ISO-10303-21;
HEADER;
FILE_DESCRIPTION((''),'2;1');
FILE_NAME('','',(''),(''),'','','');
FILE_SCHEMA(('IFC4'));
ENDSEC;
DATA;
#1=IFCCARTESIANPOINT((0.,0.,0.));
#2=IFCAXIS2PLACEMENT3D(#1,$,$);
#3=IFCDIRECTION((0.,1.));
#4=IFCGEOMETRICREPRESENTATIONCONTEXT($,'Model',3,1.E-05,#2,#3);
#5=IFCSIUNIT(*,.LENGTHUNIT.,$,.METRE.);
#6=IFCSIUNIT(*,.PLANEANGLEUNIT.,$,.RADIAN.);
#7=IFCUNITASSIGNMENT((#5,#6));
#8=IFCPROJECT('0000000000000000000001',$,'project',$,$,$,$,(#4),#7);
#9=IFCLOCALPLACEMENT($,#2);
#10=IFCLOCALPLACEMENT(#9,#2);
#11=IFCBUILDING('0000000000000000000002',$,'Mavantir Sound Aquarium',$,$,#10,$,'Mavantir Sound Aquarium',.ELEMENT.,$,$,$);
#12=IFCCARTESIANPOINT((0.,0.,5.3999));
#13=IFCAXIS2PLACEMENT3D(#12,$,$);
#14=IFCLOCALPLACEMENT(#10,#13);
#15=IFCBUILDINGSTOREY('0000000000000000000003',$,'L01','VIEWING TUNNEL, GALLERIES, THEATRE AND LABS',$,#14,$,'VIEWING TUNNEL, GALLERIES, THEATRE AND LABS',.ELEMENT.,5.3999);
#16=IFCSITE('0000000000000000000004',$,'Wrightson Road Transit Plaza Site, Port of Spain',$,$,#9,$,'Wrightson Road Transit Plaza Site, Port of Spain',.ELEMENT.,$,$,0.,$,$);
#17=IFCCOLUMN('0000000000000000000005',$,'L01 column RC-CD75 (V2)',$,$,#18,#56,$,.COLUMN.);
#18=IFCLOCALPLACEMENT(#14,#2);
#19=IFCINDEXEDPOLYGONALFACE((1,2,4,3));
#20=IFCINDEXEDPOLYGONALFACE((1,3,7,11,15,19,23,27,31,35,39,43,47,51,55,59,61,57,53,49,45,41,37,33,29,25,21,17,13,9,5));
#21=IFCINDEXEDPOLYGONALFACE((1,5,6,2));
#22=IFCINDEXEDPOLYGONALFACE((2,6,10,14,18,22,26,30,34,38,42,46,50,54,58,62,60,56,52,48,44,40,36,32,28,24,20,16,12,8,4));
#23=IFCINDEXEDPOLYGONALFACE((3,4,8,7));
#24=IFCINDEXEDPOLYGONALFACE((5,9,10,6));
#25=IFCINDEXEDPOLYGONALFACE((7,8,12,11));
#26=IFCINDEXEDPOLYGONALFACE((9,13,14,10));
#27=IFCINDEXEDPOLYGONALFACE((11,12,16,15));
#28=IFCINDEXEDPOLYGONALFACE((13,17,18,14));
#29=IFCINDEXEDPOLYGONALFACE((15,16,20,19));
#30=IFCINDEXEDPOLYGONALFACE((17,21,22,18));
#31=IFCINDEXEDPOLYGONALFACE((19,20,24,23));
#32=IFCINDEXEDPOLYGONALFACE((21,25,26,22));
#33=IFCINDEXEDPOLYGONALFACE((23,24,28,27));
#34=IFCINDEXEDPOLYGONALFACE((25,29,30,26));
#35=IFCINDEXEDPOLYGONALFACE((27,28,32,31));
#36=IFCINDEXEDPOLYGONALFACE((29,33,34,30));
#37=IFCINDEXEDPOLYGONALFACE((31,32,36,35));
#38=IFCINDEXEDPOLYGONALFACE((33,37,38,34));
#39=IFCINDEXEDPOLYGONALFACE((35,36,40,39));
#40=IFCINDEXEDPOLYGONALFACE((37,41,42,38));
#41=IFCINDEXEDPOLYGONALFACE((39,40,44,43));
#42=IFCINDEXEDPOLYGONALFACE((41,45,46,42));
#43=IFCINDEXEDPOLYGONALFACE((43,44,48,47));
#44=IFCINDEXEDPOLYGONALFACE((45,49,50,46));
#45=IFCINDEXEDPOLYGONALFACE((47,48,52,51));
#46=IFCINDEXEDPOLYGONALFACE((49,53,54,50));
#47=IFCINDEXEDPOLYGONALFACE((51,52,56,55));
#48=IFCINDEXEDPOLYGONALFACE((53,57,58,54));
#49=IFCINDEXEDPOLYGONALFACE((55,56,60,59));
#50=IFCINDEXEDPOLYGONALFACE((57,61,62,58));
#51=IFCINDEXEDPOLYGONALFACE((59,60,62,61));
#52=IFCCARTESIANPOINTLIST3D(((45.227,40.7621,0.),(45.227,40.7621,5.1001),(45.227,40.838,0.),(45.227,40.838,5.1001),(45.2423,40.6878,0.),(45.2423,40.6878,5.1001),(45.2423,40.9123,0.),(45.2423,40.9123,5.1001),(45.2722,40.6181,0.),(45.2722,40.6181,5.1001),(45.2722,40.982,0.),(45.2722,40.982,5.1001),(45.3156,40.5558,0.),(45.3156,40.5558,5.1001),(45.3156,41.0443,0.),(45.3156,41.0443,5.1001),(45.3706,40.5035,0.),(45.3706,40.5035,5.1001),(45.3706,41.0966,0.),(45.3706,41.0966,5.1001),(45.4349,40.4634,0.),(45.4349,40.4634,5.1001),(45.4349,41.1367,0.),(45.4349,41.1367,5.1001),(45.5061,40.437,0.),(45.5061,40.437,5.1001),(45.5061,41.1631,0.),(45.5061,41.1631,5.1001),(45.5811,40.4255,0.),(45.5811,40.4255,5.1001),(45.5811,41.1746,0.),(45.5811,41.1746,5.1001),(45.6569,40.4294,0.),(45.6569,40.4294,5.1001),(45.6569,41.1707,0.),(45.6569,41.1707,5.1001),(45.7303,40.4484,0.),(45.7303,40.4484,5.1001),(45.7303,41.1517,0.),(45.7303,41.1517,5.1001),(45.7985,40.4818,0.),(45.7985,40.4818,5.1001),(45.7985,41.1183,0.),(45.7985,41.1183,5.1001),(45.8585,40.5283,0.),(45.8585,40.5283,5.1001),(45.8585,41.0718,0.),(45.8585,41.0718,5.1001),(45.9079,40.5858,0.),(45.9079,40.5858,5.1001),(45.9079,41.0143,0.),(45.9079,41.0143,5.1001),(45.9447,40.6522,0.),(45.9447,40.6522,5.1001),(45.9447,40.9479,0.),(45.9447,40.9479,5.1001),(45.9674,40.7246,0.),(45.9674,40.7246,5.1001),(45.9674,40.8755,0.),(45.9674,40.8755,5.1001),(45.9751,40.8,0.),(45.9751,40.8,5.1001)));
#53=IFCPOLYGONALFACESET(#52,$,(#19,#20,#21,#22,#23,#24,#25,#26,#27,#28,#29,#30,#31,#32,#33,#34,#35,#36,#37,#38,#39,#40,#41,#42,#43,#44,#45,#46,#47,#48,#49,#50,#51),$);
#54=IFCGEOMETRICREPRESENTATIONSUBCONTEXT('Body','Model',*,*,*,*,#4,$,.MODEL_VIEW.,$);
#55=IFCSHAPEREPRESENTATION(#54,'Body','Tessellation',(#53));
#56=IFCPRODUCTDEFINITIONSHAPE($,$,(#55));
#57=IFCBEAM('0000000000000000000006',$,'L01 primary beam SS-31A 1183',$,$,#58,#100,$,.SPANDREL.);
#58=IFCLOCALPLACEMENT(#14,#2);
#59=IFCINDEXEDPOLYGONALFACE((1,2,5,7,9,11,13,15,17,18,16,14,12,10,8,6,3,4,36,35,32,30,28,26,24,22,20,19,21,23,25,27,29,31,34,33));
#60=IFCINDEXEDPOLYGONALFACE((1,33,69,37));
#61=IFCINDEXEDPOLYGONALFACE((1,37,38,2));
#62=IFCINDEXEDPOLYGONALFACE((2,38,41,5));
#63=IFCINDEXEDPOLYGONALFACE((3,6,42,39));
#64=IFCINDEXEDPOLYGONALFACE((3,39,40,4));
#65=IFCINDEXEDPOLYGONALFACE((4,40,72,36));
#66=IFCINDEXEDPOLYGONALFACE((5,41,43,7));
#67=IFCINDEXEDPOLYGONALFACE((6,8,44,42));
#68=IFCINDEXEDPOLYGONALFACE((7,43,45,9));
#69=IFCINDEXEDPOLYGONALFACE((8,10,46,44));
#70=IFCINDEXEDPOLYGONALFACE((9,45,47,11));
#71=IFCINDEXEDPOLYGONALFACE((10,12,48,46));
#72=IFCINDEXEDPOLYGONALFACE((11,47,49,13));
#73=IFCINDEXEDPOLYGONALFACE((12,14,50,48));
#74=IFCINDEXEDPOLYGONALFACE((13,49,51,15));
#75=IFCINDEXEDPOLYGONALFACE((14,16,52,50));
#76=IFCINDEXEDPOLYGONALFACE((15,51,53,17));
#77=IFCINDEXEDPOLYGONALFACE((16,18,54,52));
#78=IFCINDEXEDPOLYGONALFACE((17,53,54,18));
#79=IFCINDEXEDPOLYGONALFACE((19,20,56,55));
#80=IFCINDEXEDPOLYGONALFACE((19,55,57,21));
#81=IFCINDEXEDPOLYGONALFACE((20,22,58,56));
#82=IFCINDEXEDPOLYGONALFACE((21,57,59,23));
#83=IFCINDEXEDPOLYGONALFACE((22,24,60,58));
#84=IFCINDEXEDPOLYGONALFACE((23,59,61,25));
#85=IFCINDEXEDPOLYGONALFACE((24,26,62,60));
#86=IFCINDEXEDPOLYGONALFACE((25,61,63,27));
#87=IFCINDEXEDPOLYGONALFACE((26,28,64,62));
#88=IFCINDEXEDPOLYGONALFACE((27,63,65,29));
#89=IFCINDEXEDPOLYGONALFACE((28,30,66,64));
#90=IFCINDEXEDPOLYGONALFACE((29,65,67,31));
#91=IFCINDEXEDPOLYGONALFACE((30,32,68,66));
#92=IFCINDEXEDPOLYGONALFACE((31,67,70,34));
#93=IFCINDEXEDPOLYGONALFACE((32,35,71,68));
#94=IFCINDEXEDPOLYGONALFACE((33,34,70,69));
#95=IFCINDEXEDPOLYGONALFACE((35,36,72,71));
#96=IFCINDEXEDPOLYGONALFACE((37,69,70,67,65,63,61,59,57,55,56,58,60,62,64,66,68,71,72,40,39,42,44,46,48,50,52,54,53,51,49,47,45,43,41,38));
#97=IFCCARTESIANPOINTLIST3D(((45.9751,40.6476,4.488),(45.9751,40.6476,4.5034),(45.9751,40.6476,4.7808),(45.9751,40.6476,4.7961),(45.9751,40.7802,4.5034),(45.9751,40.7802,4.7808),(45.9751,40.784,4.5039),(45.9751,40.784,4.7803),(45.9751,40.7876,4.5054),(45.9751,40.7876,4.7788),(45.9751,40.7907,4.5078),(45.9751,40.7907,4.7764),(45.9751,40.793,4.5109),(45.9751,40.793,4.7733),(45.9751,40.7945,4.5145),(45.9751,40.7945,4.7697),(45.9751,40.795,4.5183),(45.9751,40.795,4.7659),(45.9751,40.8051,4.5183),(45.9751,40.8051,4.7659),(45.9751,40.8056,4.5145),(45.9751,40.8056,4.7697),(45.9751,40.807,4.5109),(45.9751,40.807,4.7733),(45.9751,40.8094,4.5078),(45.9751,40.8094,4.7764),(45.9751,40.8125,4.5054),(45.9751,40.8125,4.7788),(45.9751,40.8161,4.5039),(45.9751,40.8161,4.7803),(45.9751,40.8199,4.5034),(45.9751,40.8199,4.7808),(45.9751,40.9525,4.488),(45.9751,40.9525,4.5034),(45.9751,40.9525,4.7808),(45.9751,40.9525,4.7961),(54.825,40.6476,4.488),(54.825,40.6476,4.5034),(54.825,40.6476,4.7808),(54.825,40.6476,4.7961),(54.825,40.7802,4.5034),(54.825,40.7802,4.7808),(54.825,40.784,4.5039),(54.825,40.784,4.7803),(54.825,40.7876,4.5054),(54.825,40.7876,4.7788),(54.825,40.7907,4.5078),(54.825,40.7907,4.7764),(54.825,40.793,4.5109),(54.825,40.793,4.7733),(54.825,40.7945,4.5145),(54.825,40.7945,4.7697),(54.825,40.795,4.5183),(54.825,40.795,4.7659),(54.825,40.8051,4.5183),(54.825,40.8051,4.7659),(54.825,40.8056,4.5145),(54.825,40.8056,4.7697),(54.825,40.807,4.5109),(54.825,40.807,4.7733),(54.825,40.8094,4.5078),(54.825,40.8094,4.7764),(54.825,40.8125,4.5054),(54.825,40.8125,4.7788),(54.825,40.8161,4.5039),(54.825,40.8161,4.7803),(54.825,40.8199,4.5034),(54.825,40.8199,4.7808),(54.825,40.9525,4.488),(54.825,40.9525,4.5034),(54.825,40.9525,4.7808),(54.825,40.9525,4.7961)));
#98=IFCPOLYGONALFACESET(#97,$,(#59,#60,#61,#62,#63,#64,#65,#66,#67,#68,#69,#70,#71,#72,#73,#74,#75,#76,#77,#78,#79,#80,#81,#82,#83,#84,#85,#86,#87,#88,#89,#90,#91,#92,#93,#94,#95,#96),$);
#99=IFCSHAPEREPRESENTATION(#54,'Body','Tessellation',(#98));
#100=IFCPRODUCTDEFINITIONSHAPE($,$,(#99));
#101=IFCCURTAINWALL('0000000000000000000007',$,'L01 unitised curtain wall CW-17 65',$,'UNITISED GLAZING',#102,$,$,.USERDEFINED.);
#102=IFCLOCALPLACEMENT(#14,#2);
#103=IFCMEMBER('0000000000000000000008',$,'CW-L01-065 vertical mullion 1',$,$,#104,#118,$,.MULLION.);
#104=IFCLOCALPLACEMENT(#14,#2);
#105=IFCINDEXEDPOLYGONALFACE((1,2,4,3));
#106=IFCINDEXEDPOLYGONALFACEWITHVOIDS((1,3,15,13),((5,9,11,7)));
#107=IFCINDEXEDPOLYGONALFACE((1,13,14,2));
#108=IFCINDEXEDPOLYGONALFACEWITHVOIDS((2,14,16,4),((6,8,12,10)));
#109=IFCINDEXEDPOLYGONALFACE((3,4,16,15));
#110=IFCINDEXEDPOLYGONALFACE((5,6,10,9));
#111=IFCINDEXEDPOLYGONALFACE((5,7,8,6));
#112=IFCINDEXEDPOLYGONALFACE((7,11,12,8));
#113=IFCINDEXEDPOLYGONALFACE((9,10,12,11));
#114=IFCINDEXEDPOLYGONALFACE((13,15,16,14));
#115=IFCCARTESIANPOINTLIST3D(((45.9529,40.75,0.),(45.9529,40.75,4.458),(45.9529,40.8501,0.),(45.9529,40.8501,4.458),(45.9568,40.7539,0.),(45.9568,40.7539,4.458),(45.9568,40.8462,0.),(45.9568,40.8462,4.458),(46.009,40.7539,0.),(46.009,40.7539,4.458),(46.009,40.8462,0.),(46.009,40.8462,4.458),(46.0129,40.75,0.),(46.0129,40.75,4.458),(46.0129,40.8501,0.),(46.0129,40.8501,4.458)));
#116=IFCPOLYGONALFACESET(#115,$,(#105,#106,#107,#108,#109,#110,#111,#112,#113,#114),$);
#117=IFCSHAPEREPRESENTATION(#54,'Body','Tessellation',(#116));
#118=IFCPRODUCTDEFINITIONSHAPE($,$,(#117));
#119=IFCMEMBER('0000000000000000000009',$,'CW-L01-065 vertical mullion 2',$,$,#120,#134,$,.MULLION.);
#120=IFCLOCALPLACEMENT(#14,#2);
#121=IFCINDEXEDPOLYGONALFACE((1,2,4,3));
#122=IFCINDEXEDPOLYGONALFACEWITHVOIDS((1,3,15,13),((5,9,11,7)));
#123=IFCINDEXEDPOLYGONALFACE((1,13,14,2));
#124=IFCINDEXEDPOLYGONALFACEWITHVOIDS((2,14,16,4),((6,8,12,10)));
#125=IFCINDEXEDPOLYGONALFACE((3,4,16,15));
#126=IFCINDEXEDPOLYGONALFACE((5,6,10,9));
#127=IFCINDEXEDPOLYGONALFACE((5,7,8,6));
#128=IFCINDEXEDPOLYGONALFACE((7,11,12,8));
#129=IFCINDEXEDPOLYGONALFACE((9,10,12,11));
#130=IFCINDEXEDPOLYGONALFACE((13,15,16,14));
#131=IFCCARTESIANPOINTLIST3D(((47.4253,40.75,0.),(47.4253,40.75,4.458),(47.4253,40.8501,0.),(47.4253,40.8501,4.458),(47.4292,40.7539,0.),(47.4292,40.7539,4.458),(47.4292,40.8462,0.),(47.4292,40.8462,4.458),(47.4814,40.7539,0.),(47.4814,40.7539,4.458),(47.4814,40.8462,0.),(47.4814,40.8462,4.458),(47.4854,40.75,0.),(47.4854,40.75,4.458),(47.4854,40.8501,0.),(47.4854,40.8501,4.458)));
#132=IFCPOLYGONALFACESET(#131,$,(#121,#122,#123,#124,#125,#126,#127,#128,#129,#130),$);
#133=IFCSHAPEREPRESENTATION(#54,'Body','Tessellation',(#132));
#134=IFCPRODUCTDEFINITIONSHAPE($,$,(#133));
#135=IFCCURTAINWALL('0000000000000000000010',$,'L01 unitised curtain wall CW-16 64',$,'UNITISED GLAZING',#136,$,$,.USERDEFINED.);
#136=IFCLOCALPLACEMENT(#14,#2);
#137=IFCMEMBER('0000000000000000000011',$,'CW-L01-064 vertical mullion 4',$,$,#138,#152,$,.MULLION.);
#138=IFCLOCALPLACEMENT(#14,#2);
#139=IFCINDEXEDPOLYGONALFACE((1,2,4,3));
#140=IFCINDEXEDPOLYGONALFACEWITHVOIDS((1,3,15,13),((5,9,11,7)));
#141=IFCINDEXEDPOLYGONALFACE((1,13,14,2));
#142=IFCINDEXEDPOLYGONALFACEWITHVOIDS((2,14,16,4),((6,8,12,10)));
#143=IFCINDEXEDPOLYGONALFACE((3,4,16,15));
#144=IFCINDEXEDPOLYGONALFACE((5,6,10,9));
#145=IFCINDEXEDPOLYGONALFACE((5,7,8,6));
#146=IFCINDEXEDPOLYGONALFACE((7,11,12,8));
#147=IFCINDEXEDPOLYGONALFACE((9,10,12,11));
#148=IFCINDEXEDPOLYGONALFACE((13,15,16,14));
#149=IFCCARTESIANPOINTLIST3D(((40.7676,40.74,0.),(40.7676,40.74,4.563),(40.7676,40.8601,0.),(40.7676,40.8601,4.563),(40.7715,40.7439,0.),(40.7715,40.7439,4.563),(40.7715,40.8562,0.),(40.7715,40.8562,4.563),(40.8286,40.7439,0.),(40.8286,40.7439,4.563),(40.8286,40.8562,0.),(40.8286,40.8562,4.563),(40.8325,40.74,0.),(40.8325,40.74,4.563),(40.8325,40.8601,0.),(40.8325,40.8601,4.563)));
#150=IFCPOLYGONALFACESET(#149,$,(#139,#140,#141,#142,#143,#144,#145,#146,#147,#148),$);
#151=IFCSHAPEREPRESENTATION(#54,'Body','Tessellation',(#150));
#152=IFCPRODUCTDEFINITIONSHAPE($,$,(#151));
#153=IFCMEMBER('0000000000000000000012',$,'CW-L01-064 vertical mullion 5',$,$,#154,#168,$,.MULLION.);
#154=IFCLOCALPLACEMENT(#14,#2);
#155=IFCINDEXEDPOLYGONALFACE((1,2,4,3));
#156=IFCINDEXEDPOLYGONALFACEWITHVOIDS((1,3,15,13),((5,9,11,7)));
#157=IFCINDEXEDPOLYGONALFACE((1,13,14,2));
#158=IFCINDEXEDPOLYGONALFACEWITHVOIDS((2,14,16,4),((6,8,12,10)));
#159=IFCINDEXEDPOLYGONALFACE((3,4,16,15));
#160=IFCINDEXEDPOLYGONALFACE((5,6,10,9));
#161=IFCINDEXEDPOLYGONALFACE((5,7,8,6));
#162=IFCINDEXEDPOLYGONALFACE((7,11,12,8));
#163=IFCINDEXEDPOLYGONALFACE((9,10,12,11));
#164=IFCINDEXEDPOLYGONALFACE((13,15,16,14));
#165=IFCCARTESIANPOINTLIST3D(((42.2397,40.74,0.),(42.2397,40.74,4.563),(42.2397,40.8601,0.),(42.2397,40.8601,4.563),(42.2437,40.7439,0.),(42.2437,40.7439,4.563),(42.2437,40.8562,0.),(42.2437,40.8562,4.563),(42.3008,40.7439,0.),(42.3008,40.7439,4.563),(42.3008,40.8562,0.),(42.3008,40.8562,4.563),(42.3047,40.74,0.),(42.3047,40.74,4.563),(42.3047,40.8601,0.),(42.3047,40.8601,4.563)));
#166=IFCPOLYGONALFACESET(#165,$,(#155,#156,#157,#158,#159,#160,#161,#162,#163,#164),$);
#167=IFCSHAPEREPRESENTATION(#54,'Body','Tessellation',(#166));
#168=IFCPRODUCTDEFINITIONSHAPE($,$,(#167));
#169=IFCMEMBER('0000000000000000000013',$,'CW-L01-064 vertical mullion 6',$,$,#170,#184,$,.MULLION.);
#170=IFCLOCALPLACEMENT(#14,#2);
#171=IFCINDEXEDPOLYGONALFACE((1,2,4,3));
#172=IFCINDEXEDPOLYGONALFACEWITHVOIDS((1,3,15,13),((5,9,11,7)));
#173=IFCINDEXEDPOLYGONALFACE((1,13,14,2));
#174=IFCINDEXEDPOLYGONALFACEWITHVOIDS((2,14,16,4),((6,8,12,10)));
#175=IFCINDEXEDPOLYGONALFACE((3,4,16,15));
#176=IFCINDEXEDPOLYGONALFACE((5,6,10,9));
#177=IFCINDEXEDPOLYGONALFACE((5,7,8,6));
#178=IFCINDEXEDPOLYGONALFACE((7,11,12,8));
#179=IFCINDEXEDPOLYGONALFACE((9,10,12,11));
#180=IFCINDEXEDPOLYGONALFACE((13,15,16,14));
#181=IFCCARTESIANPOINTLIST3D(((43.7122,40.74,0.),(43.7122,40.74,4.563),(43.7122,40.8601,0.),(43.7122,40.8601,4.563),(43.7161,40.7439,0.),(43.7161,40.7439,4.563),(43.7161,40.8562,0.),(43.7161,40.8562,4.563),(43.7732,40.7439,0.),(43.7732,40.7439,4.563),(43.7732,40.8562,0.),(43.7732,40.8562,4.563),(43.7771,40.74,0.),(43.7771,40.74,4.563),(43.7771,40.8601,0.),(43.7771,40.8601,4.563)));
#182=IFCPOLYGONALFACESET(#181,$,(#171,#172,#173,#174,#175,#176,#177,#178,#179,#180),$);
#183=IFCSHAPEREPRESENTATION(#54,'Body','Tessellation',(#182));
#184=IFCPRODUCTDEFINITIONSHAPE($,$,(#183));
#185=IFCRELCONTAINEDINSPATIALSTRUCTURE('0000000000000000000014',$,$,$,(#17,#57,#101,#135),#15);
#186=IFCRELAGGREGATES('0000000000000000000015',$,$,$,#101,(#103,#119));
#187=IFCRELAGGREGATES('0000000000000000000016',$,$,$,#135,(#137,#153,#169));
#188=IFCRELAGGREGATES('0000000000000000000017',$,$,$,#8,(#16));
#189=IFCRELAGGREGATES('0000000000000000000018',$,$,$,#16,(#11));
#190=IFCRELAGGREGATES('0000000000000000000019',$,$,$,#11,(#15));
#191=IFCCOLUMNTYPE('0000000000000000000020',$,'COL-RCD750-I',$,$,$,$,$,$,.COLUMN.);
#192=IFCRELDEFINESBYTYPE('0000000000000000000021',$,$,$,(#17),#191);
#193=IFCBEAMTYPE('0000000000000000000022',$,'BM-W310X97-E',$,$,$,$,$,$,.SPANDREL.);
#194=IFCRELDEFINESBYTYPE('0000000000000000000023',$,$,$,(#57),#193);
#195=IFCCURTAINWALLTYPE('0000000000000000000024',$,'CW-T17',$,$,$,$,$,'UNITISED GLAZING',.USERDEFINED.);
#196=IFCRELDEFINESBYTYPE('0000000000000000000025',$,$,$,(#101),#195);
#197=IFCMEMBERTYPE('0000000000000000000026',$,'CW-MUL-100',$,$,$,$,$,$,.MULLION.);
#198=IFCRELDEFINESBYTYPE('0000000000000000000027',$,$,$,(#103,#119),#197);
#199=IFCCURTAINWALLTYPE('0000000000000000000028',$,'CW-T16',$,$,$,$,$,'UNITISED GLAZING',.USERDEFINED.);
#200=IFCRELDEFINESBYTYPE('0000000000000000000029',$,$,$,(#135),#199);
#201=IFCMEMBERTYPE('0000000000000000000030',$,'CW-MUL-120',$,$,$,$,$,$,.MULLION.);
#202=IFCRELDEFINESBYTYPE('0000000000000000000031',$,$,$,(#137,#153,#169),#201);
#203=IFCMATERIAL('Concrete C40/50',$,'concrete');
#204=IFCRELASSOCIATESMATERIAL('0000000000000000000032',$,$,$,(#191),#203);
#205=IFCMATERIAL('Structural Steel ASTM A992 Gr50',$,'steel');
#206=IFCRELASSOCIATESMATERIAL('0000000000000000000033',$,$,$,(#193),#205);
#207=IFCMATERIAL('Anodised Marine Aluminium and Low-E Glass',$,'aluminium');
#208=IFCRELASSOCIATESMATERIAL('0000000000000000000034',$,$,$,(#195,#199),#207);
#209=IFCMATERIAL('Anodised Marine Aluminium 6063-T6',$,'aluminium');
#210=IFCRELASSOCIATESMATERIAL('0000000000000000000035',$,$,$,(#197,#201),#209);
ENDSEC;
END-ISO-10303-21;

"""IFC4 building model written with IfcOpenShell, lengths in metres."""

from ifc_helpers import new_model, si_unit, direction, frame, origin, origin_2d, place, context, subcontext, project, spatial, hollow_rectangle, circle, i_section, extrude, material, material_profile, profile_set, type_object, element, aggregate, save


model = new_model("IFC4")

# Units and contexts
model_context = context("Model", 3, precision=1e-05, world=origin(), true_north=direction((0.0, 1.0)))
body_context = subcontext(model_context, "Body", "Model", "MODEL_VIEW")
ifc_project = project(units=[si_unit("LENGTHUNIT", "METRE"), si_unit("PLANEANGLEUNIT", "RADIAN")], contexts=[model_context])

# Site, building, storey
site_placement = place(None, origin())
site = spatial("IfcSite", under=ifc_project, at=site_placement, Name="Wrightson Road Transit Plaza Site, Port of Spain", LongName="Wrightson Road Transit Plaza Site, Port of Spain", CompositionType="ELEMENT", RefElevation=0.0)
building_placement = place(site_placement, origin())
building = spatial("IfcBuilding", under=site, at=building_placement, Name="Mavantir Sound Aquarium", LongName="Mavantir Sound Aquarium", CompositionType="ELEMENT")
storey_placement = place(building_placement, frame((0.0, 0.0, 5.3999)))
storey = spatial("IfcBuildingStorey", under=building, at=storey_placement, Name="L01", Description="VIEWING TUNNEL, GALLERIES, THEATRE AND LABS", LongName="VIEWING TUNNEL, GALLERIES, THEATRE AND LABS", CompositionType="ELEMENT", Elevation=5.3999)

# Column
ifc_material_1 = material(Name="Concrete C40/50", Category="concrete")
ifc_material_profile_1 = material_profile(ifc_material_1, circle(Radius=0.375, at=origin_2d()), Name="RC D750")
ifc_profile_set_1 = profile_set([ifc_material_profile_1], Name="Concrete C40/50")
column_type = type_object("IfcColumnType", Name="COL-RCD750-I", PredefinedType="COLUMN", material=ifc_profile_set_1)
column_placement = place(storey_placement, frame((45.6001, 40.8, 0.0), z_axis=(0.0, 0.0, 1.0), x_axis=(1.0, 0.0, 0.0)))
element("IfcColumn", 1, at=column_placement, inside=storey, type_object=column_type, Name="L01 column RC-CD75 (V2)", PredefinedType="COLUMN", context=body_context, shape_type="SweptSolid", body=[
    extrude(circle(Radius=0.375, at=origin_2d()), origin(), (0.0, 0.0, 1.0), 5.1001),
])

# Beam
ifc_material_2 = material(Name="Structural Steel ASTM A992 Gr50", Category="steel")
ifc_material_profile_2 = material_profile(ifc_material_2, i_section(OverallWidth=0.3049, OverallDepth=0.3081, WebThickness=0.01, FlangeThickness=0.0154, FilletRadius=0.0149, at=origin_2d()), Name="W310X97")
ifc_profile_set_2 = profile_set([ifc_material_profile_2], Name="Structural Steel ASTM A992 Gr50")
beam_type = type_object("IfcBeamType", Name="BM-W310X97-E", PredefinedType="SPANDREL", material=ifc_profile_set_2)
beam_placement = place(storey_placement, frame((45.9751, 40.8, 4.6421), z_axis=(1.0, 0.0, 0.0), x_axis=(0.0, 1.0, 0.0)))
element("IfcBeam", 2, at=beam_placement, inside=storey, type_object=beam_type, Name="L01 primary beam SS-31A 1183", PredefinedType="SPANDREL", context=body_context, shape_type="SweptSolid", body=[
    extrude(i_section(OverallWidth=0.3049, OverallDepth=0.3081, WebThickness=0.01, FlangeThickness=0.0154, FilletRadius=0.0149, at=origin_2d()), origin(), (0.0, 0.0, 1.0), 8.8499),
])

# Curtain walls, members
ifc_material_3 = material(Name="Anodised Marine Aluminium and Low-E Glass", Category="aluminium")
curtain_wall_type_1 = type_object("IfcCurtainWallType", Name="CW-T17", ElementType="UNITISED GLAZING", PredefinedType="USERDEFINED", material=ifc_material_3)
curtain_wall_1_placement = place(storey_placement, origin())
curtain_wall_1 = element("IfcCurtainWall", 3, at=curtain_wall_1_placement, inside=storey, type_object=curtain_wall_type_1, Name="L01 unitised curtain wall CW-17 65", ObjectType="UNITISED GLAZING", PredefinedType="USERDEFINED")
ifc_material_4 = material(Name="Anodised Marine Aluminium 6063-T6", Category="aluminium")
ifc_material_profile_3 = material_profile(ifc_material_4, hollow_rectangle(XDim=0.0601, YDim=0.1001, WallThickness=0.0039, at=origin_2d()), Name="ALU-MULLION-100X60")
ifc_profile_set_3 = profile_set([ifc_material_profile_3], Name="Anodised Marine Aluminium 6063-T6")
member_type_1 = type_object("IfcMemberType", Name="CW-MUL-100", PredefinedType="MULLION", material=ifc_profile_set_3)
member_1_placement = place(storey_placement, frame((45.9829, 40.8, 0.0), z_axis=(0.0, 0.0, 1.0), x_axis=(1.0, 0.0, 0.0)))
member_1 = element("IfcMember", 4, at=member_1_placement, type_object=member_type_1, Name="CW-L01-065 vertical mullion 1", PredefinedType="MULLION", context=body_context, shape_type="SweptSolid", body=[
    extrude(hollow_rectangle(XDim=0.0601, YDim=0.1001, WallThickness=0.0039, at=origin_2d()), origin(), (0.0, 0.0, 1.0), 4.458),
])
member_2_placement = place(storey_placement, frame((47.4553, 40.8, 0.0), z_axis=(0.0, 0.0, 1.0), x_axis=(1.0, 0.0, 0.0)))
member_2 = element("IfcMember", 5, at=member_2_placement, type_object=member_type_1, Name="CW-L01-065 vertical mullion 2", PredefinedType="MULLION", context=body_context, shape_type="SweptSolid", body=[
    extrude(hollow_rectangle(XDim=0.0601, YDim=0.1001, WallThickness=0.0039, at=origin_2d()), origin(), (0.0, 0.0, 1.0), 4.458),
])
curtain_wall_type_2 = type_object("IfcCurtainWallType", Name="CW-T16", ElementType="UNITISED GLAZING", PredefinedType="USERDEFINED", material=ifc_material_3)
curtain_wall_2_placement = place(storey_placement, origin())
curtain_wall_2 = element("IfcCurtainWall", 6, at=curtain_wall_2_placement, inside=storey, type_object=curtain_wall_type_2, Name="L01 unitised curtain wall CW-16 64", ObjectType="UNITISED GLAZING", PredefinedType="USERDEFINED")
ifc_material_profile_4 = material_profile(ifc_material_4, hollow_rectangle(XDim=0.0649, YDim=0.1201, WallThickness=0.0039, at=origin_2d()), Name="ALU-MULLION-120X65")
ifc_profile_set_4 = profile_set([ifc_material_profile_4], Name="Anodised Marine Aluminium 6063-T6")
member_type_2 = type_object("IfcMemberType", Name="CW-MUL-120", PredefinedType="MULLION", material=ifc_profile_set_4)
member_3_placement = place(storey_placement, frame((40.8, 40.8, 0.0), z_axis=(0.0, 0.0, 1.0), x_axis=(1.0, 0.0, 0.0)))
member_3 = element("IfcMember", 7, at=member_3_placement, type_object=member_type_2, Name="CW-L01-064 vertical mullion 4", PredefinedType="MULLION", context=body_context, shape_type="SweptSolid", body=[
    extrude(hollow_rectangle(XDim=0.0649, YDim=0.1201, WallThickness=0.0039, at=origin_2d()), origin(), (0.0, 0.0, 1.0), 4.563),
])
member_4_placement = place(storey_placement, frame((42.2722, 40.8, 0.0), z_axis=(0.0, 0.0, 1.0), x_axis=(1.0, 0.0, 0.0)))
member_4 = element("IfcMember", 8, at=member_4_placement, type_object=member_type_2, Name="CW-L01-064 vertical mullion 5", PredefinedType="MULLION", context=body_context, shape_type="SweptSolid", body=[
    extrude(hollow_rectangle(XDim=0.0649, YDim=0.1201, WallThickness=0.0039, at=origin_2d()), origin(), (0.0, 0.0, 1.0), 4.563),
])
member_5_placement = place(storey_placement, frame((43.7446, 40.8, 0.0), z_axis=(0.0, 0.0, 1.0), x_axis=(1.0, 0.0, 0.0)))
member_5 = element("IfcMember", 9, at=member_5_placement, type_object=member_type_2, Name="CW-L01-064 vertical mullion 6", PredefinedType="MULLION", context=body_context, shape_type="SweptSolid", body=[
    extrude(hollow_rectangle(XDim=0.0649, YDim=0.1201, WallThickness=0.0039, at=origin_2d()), origin(), (0.0, 0.0, 1.0), 4.563),
])

aggregate(curtain_wall_1, [member_1, member_2])
aggregate(curtain_wall_2, [member_3, member_4, member_5])

save(model, "model.ifc")
